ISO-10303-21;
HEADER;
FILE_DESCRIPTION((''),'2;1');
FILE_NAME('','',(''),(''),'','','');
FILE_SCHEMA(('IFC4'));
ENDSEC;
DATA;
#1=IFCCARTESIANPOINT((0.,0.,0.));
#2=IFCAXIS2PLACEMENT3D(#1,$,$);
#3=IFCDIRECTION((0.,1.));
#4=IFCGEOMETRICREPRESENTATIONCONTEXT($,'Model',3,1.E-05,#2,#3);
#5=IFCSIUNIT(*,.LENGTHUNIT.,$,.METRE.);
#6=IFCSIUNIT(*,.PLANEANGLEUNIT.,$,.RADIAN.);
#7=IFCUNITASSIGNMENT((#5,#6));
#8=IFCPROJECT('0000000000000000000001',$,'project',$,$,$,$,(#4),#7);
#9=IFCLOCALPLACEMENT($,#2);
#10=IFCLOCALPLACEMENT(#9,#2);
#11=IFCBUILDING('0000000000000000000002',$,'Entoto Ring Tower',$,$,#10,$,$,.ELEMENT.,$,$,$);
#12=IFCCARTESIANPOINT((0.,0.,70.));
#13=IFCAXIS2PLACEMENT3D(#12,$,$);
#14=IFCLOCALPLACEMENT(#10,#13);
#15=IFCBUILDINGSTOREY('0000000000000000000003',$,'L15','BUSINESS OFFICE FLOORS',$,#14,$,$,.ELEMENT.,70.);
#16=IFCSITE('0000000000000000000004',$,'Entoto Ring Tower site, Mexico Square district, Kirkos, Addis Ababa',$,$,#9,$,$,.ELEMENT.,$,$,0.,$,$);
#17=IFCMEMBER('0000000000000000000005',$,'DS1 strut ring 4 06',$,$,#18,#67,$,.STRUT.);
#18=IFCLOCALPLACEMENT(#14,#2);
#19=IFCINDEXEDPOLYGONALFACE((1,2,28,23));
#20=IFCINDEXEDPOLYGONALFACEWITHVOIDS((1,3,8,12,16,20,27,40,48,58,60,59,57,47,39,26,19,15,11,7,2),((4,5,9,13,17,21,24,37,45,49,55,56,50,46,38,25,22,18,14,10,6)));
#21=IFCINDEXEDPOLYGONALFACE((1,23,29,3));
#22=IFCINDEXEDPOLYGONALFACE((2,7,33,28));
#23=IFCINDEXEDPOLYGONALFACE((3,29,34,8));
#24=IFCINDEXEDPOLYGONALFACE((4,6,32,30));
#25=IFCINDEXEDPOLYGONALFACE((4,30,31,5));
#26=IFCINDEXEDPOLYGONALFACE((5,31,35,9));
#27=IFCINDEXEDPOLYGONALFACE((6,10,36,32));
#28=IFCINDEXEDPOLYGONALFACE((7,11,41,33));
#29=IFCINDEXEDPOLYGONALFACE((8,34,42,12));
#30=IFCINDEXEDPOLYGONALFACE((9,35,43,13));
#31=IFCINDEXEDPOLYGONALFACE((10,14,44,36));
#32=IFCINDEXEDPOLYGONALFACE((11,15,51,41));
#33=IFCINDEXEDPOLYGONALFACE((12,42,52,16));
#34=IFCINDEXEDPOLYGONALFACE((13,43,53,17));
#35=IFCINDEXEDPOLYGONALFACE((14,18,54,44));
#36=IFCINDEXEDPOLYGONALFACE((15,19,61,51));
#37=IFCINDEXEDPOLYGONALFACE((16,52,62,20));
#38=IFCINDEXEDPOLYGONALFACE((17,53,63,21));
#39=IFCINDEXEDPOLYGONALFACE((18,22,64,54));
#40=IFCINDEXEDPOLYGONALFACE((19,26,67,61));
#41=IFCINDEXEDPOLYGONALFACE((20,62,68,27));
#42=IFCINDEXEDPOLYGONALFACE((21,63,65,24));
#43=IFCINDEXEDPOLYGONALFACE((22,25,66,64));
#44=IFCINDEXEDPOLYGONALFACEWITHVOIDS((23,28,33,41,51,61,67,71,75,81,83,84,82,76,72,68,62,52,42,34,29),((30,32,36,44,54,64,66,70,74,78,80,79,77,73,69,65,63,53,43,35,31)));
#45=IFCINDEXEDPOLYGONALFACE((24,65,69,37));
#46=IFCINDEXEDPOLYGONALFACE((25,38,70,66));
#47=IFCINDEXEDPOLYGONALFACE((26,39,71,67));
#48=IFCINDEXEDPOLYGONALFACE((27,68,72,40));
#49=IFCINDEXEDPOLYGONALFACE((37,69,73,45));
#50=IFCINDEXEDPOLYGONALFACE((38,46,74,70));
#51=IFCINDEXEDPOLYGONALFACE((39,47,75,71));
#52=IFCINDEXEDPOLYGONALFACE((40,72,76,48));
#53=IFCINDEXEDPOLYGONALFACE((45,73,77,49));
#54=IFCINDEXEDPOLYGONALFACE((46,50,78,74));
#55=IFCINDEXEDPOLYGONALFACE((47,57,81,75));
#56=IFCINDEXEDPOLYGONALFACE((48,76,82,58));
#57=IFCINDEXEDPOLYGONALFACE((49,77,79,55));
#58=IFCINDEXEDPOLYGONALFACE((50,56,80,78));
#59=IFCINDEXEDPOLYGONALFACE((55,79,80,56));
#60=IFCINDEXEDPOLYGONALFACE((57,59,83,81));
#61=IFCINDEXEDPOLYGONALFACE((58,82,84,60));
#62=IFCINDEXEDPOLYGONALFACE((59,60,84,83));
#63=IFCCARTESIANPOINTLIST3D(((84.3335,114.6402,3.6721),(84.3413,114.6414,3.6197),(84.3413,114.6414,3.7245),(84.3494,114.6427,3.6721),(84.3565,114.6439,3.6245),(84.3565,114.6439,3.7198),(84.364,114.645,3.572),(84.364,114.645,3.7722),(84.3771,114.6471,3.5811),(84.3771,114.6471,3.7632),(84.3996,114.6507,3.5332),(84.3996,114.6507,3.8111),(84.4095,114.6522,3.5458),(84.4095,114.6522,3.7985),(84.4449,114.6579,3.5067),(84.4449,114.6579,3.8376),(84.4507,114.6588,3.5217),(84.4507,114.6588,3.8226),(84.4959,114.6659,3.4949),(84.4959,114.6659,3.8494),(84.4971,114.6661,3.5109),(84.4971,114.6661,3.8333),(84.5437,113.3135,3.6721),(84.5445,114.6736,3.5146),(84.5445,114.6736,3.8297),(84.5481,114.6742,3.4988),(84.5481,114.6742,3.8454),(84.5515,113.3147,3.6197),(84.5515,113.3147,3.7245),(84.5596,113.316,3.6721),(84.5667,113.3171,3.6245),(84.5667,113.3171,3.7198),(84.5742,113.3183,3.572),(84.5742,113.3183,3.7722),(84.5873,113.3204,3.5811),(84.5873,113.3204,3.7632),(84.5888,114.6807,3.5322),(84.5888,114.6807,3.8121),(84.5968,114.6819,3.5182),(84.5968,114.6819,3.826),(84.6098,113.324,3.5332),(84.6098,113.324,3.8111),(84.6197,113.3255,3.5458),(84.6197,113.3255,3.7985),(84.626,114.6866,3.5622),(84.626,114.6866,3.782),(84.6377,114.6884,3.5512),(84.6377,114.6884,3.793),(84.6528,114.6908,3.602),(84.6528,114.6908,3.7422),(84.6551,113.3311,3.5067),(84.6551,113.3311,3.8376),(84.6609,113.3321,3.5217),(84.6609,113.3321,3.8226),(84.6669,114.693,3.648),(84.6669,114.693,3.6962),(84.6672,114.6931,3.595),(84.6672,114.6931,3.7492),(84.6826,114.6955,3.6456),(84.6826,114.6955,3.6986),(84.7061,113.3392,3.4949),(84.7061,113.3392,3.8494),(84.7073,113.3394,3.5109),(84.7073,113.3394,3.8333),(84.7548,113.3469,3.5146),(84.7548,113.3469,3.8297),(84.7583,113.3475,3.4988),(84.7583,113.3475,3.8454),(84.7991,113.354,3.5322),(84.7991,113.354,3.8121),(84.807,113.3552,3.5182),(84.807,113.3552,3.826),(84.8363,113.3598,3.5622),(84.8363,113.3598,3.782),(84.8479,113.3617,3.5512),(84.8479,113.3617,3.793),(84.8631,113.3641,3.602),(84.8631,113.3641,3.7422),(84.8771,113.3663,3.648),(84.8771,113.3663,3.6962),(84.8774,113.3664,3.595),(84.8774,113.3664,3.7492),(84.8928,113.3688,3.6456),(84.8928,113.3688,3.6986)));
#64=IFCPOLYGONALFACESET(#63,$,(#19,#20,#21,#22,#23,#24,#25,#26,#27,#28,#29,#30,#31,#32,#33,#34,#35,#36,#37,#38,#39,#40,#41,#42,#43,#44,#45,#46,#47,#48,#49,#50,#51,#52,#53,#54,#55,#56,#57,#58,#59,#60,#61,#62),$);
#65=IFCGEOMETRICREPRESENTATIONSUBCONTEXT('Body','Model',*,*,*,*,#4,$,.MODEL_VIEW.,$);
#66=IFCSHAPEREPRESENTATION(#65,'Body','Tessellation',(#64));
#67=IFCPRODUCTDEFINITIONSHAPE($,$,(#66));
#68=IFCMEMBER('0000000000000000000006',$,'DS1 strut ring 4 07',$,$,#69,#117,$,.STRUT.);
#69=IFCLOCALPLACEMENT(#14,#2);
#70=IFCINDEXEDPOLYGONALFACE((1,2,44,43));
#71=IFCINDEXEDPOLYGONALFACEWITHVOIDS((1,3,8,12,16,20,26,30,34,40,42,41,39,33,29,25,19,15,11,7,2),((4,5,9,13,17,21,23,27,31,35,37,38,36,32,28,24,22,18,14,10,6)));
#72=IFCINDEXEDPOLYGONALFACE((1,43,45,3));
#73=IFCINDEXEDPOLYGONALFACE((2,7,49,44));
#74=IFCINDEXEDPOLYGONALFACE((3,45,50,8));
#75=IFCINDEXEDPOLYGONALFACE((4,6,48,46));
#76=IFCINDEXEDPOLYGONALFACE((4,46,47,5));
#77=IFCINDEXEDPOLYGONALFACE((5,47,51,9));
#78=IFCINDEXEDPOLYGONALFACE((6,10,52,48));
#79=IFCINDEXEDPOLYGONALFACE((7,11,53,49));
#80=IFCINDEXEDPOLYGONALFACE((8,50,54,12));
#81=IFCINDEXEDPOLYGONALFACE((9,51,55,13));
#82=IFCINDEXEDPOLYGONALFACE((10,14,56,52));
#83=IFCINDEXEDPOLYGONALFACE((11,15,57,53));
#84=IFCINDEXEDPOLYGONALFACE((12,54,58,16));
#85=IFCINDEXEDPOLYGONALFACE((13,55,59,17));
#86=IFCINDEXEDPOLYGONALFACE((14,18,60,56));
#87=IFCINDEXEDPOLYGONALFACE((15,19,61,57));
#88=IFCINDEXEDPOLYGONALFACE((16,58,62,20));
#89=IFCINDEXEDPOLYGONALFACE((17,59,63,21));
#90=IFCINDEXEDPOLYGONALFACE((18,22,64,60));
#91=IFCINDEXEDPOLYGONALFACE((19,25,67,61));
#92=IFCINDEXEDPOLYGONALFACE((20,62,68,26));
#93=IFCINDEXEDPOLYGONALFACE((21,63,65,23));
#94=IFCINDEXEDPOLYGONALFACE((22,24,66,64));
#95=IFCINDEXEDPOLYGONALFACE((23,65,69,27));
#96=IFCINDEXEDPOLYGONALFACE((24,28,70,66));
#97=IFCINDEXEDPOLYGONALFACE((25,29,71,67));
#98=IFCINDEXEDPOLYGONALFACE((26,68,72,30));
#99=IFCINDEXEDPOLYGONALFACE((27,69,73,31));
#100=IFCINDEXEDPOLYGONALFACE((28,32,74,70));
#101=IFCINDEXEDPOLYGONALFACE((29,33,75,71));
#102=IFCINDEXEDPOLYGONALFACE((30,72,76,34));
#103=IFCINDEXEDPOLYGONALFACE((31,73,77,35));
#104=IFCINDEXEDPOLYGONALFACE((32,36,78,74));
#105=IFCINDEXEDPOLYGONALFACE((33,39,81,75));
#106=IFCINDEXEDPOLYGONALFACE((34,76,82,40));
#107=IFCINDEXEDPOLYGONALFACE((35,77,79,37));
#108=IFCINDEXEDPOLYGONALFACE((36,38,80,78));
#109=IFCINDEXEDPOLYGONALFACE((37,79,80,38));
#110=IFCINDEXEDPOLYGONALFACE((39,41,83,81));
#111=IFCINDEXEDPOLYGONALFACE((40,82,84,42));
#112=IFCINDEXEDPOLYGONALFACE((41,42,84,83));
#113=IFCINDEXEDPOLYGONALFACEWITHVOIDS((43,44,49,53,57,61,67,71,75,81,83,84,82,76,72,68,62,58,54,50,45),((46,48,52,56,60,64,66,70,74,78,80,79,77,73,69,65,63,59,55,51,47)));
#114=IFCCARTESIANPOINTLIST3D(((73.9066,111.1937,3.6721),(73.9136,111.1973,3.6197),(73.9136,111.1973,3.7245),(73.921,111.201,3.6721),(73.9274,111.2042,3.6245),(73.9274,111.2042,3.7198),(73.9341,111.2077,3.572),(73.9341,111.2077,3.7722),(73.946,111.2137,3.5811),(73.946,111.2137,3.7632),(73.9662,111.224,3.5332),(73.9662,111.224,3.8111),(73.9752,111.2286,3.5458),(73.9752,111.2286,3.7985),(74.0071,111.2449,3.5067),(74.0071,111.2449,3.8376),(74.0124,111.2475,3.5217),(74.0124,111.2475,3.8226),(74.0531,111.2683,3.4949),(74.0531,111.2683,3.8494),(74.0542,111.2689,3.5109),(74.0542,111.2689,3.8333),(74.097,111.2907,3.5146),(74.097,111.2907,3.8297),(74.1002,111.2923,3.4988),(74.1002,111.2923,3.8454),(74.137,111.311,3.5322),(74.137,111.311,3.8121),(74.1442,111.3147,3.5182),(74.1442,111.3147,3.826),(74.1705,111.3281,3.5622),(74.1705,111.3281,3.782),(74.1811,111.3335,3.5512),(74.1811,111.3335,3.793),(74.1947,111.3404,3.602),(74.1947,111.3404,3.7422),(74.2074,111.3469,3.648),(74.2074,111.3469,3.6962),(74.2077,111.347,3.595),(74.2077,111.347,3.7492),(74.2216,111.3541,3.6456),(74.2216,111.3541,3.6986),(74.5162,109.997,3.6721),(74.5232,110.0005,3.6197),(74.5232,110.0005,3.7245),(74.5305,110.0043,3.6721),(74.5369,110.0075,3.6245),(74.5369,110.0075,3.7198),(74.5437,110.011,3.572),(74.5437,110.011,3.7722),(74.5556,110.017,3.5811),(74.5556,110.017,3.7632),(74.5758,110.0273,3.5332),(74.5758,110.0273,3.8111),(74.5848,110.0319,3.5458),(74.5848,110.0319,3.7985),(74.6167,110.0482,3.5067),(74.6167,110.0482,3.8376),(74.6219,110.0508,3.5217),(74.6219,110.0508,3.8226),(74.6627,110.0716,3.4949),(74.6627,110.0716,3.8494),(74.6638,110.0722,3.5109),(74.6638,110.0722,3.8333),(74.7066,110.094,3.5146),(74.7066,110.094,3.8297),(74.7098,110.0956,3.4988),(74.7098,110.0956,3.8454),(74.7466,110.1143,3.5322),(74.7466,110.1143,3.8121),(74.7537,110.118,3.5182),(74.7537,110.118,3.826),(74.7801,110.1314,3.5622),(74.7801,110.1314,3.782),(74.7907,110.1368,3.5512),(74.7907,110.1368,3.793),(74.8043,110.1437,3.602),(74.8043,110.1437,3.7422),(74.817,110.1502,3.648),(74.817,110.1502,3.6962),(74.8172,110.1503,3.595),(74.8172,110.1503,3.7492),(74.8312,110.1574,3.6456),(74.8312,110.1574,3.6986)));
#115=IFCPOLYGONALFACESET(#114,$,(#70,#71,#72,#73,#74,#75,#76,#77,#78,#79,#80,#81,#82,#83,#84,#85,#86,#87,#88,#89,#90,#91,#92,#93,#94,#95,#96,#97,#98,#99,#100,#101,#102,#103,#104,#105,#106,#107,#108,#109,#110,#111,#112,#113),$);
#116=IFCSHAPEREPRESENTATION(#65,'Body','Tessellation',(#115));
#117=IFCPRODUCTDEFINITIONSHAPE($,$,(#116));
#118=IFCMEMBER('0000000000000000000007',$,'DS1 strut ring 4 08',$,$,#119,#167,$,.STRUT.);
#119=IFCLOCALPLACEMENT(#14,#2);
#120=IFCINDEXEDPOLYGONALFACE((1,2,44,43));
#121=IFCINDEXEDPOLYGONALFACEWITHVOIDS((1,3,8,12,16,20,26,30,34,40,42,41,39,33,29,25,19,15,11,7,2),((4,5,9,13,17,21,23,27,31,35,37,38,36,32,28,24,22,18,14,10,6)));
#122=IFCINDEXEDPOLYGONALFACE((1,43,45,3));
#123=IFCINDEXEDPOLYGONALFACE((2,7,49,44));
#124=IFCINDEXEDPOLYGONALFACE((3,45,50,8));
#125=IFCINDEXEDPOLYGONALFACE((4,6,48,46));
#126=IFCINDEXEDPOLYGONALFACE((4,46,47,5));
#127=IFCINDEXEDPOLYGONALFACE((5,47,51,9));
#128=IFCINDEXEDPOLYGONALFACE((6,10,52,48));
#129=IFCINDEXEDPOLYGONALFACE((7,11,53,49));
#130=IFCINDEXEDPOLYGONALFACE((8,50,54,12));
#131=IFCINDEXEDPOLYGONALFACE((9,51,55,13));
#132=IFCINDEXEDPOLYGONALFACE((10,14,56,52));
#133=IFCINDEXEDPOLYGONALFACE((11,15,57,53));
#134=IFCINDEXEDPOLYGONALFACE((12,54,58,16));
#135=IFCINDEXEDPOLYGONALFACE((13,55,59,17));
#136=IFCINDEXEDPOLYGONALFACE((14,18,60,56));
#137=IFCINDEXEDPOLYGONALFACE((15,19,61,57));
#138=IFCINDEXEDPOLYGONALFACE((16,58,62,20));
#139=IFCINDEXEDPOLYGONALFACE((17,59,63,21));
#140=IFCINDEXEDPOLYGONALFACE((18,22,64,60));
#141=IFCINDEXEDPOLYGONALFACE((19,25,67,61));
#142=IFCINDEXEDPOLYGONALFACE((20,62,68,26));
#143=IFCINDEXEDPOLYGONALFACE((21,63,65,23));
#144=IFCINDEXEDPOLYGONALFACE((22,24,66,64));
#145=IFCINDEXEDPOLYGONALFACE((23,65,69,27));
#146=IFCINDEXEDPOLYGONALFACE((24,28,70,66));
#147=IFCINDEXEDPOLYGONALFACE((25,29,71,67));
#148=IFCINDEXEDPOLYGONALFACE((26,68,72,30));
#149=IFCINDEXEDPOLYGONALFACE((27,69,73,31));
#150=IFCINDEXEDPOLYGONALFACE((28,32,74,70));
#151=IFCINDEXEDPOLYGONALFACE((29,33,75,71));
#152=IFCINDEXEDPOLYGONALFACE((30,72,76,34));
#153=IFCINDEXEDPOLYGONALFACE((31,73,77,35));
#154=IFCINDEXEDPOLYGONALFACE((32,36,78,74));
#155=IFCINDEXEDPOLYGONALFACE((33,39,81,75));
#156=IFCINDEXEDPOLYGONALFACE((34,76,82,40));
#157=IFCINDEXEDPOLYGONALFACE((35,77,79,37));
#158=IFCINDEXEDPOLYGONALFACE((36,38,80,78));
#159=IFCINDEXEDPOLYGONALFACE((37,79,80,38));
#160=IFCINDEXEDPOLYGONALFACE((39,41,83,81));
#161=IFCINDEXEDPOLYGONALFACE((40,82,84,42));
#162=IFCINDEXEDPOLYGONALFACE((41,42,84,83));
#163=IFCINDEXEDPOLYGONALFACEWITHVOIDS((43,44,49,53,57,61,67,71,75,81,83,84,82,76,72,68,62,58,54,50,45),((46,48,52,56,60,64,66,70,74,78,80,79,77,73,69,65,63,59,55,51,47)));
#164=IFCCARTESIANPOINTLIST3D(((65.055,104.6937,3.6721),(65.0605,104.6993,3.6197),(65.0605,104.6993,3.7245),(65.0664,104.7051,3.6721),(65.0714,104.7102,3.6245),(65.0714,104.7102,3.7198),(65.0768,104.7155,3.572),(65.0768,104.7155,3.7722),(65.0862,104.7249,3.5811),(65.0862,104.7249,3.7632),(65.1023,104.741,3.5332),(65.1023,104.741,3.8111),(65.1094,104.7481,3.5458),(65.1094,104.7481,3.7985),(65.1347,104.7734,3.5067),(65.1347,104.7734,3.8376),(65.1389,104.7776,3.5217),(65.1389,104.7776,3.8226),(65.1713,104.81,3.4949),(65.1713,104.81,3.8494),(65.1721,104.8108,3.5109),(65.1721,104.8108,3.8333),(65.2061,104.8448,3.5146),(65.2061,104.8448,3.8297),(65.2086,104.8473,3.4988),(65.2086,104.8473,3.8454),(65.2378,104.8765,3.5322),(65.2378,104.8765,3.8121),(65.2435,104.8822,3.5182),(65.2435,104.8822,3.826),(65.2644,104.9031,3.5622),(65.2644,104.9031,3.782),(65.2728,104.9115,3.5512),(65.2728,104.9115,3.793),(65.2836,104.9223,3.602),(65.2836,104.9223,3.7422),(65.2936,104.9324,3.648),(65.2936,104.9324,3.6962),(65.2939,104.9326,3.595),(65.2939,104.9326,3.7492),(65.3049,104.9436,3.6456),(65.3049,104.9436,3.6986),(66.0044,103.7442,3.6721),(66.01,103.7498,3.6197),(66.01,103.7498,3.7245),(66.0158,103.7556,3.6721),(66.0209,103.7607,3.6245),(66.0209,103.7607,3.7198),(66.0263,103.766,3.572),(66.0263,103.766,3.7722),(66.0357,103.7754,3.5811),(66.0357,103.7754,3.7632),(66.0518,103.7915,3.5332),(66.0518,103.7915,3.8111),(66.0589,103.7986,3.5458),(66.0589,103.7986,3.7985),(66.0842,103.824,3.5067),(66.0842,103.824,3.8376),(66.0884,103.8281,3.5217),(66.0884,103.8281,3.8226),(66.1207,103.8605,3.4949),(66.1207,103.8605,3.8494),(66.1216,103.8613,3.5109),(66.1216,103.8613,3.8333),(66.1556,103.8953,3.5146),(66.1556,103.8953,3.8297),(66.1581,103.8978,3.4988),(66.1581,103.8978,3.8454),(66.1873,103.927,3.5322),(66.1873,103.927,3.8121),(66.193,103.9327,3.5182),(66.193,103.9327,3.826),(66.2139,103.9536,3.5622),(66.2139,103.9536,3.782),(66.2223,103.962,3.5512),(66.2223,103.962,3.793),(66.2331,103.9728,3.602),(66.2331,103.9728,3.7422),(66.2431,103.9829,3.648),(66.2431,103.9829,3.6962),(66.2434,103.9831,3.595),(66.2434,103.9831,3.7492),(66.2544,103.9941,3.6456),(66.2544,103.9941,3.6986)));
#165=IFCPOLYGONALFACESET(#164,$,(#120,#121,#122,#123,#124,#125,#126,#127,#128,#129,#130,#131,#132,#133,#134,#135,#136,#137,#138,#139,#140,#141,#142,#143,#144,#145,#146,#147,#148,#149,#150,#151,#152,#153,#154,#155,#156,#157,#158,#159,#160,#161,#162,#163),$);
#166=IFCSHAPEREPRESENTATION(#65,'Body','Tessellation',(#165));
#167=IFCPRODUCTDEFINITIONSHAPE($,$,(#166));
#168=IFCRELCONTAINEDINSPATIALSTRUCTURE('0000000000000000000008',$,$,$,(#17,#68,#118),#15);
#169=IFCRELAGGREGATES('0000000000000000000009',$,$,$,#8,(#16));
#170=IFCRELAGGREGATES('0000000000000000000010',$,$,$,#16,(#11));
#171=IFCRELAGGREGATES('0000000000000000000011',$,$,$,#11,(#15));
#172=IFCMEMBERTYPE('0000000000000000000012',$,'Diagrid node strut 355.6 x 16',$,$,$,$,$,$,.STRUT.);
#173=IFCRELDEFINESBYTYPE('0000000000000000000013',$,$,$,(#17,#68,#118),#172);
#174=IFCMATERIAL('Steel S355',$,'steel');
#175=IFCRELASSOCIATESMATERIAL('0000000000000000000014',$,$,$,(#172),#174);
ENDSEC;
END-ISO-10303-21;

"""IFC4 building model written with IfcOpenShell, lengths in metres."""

from ifc_helpers import new_model, si_unit, direction, frame, origin, origin_2d, place, context, subcontext, project, spatial, circle, hollow_circle, extrude, material, material_profile, profile_set, type_object, element, save


model = new_model("IFC4")

# Units and contexts
model_context = context("Model", 3, precision=1e-05, world=origin(), true_north=direction((0.0, 1.0)))
body_context = subcontext(model_context, "Body", "Model", "MODEL_VIEW")
ifc_project = project(units=[si_unit("LENGTHUNIT", "METRE"), si_unit("PLANEANGLEUNIT", "RADIAN")], contexts=[model_context])

# Site, building, storey
site_placement = place(None, origin())
site = spatial("IfcSite", under=ifc_project, at=site_placement, Name="Entoto Ring Tower site, Mexico Square district, Kirkos, Addis Ababa", CompositionType="ELEMENT", RefElevation=0.0)
building_placement = place(site_placement, origin())
building = spatial("IfcBuilding", under=site, at=building_placement, Name="Entoto Ring Tower", CompositionType="ELEMENT")
storey_placement = place(building_placement, frame((0.0, 0.0, 70.0)))
storey = spatial("IfcBuildingStorey", under=building, at=storey_placement, Name="L15", Description="BUSINESS OFFICE FLOORS", CompositionType="ELEMENT", Elevation=70.0)

# Members
ifc_material_1 = material(Name="Steel S355", Category="steel")
ifc_material_profile_1 = material_profile(ifc_material_1, hollow_circle(Radius=0.1777, WallThickness=0.0161, at=origin_2d()), Name="CHS 355.6 x 16")
ifc_material_2 = material(Name="Concrete C60/75", Category="concrete")
ifc_material_profile_2 = material_profile(ifc_material_2, circle(Radius=0.1619, at=origin_2d()), Name="Concrete C60/75 infill")
ifc_profile_set_1 = profile_set([ifc_material_profile_1, ifc_material_profile_2], Name="Steel S355")
member_type = type_object("IfcMemberType", Name="Diagrid node strut 355.6 x 16", PredefinedType="STRUT", material=ifc_profile_set_1)
member_1_placement = place(storey_placement, frame((84.7192, 113.3413, 3.6721), z_axis=(-0.156495, 0.987679, 0.0), x_axis=(-0.987679, -0.156495, 0.0)))
element("IfcMember", 1, at=member_1_placement, inside=storey, type_object=member_type, Name="DS1 strut ring 4 06", PredefinedType="STRUT", context=body_context, shape_type="SweptSolid", body=[
    extrude(hollow_circle(Radius=0.1777, WallThickness=0.0161, at=origin_2d()), origin(), (0.0, 0.0, 1.0), 1.3433),
])
member_2_placement = place(storey_placement, frame((74.6746, 110.0776, 3.6721), z_axis=(-0.45389, 0.891058, 0.0), x_axis=(-0.891058, -0.45389, 0.0)))
element("IfcMember", 2, at=member_2_placement, inside=storey, type_object=member_type, Name="DS1 strut ring 4 07", PredefinedType="STRUT", context=body_context, shape_type="SweptSolid", body=[
    extrude(hollow_circle(Radius=0.1777, WallThickness=0.0161, at=origin_2d()), origin(), (0.0, 0.0, 1.0), 1.343),
])
member_3_placement = place(storey_placement, frame((66.1301, 103.8699, 3.6721), z_axis=(-0.707107, 0.707107, 0.0), x_axis=(-0.707107, -0.707107, 0.0)))
element("IfcMember", 3, at=member_3_placement, inside=storey, type_object=member_type, Name="DS1 strut ring 4 08", PredefinedType="STRUT", context=body_context, shape_type="SweptSolid", body=[
    extrude(hollow_circle(Radius=0.1777, WallThickness=0.0161, at=origin_2d()), origin(), (0.0, 0.0, 1.0), 1.3428),
])

save(model, "model.ifc")
